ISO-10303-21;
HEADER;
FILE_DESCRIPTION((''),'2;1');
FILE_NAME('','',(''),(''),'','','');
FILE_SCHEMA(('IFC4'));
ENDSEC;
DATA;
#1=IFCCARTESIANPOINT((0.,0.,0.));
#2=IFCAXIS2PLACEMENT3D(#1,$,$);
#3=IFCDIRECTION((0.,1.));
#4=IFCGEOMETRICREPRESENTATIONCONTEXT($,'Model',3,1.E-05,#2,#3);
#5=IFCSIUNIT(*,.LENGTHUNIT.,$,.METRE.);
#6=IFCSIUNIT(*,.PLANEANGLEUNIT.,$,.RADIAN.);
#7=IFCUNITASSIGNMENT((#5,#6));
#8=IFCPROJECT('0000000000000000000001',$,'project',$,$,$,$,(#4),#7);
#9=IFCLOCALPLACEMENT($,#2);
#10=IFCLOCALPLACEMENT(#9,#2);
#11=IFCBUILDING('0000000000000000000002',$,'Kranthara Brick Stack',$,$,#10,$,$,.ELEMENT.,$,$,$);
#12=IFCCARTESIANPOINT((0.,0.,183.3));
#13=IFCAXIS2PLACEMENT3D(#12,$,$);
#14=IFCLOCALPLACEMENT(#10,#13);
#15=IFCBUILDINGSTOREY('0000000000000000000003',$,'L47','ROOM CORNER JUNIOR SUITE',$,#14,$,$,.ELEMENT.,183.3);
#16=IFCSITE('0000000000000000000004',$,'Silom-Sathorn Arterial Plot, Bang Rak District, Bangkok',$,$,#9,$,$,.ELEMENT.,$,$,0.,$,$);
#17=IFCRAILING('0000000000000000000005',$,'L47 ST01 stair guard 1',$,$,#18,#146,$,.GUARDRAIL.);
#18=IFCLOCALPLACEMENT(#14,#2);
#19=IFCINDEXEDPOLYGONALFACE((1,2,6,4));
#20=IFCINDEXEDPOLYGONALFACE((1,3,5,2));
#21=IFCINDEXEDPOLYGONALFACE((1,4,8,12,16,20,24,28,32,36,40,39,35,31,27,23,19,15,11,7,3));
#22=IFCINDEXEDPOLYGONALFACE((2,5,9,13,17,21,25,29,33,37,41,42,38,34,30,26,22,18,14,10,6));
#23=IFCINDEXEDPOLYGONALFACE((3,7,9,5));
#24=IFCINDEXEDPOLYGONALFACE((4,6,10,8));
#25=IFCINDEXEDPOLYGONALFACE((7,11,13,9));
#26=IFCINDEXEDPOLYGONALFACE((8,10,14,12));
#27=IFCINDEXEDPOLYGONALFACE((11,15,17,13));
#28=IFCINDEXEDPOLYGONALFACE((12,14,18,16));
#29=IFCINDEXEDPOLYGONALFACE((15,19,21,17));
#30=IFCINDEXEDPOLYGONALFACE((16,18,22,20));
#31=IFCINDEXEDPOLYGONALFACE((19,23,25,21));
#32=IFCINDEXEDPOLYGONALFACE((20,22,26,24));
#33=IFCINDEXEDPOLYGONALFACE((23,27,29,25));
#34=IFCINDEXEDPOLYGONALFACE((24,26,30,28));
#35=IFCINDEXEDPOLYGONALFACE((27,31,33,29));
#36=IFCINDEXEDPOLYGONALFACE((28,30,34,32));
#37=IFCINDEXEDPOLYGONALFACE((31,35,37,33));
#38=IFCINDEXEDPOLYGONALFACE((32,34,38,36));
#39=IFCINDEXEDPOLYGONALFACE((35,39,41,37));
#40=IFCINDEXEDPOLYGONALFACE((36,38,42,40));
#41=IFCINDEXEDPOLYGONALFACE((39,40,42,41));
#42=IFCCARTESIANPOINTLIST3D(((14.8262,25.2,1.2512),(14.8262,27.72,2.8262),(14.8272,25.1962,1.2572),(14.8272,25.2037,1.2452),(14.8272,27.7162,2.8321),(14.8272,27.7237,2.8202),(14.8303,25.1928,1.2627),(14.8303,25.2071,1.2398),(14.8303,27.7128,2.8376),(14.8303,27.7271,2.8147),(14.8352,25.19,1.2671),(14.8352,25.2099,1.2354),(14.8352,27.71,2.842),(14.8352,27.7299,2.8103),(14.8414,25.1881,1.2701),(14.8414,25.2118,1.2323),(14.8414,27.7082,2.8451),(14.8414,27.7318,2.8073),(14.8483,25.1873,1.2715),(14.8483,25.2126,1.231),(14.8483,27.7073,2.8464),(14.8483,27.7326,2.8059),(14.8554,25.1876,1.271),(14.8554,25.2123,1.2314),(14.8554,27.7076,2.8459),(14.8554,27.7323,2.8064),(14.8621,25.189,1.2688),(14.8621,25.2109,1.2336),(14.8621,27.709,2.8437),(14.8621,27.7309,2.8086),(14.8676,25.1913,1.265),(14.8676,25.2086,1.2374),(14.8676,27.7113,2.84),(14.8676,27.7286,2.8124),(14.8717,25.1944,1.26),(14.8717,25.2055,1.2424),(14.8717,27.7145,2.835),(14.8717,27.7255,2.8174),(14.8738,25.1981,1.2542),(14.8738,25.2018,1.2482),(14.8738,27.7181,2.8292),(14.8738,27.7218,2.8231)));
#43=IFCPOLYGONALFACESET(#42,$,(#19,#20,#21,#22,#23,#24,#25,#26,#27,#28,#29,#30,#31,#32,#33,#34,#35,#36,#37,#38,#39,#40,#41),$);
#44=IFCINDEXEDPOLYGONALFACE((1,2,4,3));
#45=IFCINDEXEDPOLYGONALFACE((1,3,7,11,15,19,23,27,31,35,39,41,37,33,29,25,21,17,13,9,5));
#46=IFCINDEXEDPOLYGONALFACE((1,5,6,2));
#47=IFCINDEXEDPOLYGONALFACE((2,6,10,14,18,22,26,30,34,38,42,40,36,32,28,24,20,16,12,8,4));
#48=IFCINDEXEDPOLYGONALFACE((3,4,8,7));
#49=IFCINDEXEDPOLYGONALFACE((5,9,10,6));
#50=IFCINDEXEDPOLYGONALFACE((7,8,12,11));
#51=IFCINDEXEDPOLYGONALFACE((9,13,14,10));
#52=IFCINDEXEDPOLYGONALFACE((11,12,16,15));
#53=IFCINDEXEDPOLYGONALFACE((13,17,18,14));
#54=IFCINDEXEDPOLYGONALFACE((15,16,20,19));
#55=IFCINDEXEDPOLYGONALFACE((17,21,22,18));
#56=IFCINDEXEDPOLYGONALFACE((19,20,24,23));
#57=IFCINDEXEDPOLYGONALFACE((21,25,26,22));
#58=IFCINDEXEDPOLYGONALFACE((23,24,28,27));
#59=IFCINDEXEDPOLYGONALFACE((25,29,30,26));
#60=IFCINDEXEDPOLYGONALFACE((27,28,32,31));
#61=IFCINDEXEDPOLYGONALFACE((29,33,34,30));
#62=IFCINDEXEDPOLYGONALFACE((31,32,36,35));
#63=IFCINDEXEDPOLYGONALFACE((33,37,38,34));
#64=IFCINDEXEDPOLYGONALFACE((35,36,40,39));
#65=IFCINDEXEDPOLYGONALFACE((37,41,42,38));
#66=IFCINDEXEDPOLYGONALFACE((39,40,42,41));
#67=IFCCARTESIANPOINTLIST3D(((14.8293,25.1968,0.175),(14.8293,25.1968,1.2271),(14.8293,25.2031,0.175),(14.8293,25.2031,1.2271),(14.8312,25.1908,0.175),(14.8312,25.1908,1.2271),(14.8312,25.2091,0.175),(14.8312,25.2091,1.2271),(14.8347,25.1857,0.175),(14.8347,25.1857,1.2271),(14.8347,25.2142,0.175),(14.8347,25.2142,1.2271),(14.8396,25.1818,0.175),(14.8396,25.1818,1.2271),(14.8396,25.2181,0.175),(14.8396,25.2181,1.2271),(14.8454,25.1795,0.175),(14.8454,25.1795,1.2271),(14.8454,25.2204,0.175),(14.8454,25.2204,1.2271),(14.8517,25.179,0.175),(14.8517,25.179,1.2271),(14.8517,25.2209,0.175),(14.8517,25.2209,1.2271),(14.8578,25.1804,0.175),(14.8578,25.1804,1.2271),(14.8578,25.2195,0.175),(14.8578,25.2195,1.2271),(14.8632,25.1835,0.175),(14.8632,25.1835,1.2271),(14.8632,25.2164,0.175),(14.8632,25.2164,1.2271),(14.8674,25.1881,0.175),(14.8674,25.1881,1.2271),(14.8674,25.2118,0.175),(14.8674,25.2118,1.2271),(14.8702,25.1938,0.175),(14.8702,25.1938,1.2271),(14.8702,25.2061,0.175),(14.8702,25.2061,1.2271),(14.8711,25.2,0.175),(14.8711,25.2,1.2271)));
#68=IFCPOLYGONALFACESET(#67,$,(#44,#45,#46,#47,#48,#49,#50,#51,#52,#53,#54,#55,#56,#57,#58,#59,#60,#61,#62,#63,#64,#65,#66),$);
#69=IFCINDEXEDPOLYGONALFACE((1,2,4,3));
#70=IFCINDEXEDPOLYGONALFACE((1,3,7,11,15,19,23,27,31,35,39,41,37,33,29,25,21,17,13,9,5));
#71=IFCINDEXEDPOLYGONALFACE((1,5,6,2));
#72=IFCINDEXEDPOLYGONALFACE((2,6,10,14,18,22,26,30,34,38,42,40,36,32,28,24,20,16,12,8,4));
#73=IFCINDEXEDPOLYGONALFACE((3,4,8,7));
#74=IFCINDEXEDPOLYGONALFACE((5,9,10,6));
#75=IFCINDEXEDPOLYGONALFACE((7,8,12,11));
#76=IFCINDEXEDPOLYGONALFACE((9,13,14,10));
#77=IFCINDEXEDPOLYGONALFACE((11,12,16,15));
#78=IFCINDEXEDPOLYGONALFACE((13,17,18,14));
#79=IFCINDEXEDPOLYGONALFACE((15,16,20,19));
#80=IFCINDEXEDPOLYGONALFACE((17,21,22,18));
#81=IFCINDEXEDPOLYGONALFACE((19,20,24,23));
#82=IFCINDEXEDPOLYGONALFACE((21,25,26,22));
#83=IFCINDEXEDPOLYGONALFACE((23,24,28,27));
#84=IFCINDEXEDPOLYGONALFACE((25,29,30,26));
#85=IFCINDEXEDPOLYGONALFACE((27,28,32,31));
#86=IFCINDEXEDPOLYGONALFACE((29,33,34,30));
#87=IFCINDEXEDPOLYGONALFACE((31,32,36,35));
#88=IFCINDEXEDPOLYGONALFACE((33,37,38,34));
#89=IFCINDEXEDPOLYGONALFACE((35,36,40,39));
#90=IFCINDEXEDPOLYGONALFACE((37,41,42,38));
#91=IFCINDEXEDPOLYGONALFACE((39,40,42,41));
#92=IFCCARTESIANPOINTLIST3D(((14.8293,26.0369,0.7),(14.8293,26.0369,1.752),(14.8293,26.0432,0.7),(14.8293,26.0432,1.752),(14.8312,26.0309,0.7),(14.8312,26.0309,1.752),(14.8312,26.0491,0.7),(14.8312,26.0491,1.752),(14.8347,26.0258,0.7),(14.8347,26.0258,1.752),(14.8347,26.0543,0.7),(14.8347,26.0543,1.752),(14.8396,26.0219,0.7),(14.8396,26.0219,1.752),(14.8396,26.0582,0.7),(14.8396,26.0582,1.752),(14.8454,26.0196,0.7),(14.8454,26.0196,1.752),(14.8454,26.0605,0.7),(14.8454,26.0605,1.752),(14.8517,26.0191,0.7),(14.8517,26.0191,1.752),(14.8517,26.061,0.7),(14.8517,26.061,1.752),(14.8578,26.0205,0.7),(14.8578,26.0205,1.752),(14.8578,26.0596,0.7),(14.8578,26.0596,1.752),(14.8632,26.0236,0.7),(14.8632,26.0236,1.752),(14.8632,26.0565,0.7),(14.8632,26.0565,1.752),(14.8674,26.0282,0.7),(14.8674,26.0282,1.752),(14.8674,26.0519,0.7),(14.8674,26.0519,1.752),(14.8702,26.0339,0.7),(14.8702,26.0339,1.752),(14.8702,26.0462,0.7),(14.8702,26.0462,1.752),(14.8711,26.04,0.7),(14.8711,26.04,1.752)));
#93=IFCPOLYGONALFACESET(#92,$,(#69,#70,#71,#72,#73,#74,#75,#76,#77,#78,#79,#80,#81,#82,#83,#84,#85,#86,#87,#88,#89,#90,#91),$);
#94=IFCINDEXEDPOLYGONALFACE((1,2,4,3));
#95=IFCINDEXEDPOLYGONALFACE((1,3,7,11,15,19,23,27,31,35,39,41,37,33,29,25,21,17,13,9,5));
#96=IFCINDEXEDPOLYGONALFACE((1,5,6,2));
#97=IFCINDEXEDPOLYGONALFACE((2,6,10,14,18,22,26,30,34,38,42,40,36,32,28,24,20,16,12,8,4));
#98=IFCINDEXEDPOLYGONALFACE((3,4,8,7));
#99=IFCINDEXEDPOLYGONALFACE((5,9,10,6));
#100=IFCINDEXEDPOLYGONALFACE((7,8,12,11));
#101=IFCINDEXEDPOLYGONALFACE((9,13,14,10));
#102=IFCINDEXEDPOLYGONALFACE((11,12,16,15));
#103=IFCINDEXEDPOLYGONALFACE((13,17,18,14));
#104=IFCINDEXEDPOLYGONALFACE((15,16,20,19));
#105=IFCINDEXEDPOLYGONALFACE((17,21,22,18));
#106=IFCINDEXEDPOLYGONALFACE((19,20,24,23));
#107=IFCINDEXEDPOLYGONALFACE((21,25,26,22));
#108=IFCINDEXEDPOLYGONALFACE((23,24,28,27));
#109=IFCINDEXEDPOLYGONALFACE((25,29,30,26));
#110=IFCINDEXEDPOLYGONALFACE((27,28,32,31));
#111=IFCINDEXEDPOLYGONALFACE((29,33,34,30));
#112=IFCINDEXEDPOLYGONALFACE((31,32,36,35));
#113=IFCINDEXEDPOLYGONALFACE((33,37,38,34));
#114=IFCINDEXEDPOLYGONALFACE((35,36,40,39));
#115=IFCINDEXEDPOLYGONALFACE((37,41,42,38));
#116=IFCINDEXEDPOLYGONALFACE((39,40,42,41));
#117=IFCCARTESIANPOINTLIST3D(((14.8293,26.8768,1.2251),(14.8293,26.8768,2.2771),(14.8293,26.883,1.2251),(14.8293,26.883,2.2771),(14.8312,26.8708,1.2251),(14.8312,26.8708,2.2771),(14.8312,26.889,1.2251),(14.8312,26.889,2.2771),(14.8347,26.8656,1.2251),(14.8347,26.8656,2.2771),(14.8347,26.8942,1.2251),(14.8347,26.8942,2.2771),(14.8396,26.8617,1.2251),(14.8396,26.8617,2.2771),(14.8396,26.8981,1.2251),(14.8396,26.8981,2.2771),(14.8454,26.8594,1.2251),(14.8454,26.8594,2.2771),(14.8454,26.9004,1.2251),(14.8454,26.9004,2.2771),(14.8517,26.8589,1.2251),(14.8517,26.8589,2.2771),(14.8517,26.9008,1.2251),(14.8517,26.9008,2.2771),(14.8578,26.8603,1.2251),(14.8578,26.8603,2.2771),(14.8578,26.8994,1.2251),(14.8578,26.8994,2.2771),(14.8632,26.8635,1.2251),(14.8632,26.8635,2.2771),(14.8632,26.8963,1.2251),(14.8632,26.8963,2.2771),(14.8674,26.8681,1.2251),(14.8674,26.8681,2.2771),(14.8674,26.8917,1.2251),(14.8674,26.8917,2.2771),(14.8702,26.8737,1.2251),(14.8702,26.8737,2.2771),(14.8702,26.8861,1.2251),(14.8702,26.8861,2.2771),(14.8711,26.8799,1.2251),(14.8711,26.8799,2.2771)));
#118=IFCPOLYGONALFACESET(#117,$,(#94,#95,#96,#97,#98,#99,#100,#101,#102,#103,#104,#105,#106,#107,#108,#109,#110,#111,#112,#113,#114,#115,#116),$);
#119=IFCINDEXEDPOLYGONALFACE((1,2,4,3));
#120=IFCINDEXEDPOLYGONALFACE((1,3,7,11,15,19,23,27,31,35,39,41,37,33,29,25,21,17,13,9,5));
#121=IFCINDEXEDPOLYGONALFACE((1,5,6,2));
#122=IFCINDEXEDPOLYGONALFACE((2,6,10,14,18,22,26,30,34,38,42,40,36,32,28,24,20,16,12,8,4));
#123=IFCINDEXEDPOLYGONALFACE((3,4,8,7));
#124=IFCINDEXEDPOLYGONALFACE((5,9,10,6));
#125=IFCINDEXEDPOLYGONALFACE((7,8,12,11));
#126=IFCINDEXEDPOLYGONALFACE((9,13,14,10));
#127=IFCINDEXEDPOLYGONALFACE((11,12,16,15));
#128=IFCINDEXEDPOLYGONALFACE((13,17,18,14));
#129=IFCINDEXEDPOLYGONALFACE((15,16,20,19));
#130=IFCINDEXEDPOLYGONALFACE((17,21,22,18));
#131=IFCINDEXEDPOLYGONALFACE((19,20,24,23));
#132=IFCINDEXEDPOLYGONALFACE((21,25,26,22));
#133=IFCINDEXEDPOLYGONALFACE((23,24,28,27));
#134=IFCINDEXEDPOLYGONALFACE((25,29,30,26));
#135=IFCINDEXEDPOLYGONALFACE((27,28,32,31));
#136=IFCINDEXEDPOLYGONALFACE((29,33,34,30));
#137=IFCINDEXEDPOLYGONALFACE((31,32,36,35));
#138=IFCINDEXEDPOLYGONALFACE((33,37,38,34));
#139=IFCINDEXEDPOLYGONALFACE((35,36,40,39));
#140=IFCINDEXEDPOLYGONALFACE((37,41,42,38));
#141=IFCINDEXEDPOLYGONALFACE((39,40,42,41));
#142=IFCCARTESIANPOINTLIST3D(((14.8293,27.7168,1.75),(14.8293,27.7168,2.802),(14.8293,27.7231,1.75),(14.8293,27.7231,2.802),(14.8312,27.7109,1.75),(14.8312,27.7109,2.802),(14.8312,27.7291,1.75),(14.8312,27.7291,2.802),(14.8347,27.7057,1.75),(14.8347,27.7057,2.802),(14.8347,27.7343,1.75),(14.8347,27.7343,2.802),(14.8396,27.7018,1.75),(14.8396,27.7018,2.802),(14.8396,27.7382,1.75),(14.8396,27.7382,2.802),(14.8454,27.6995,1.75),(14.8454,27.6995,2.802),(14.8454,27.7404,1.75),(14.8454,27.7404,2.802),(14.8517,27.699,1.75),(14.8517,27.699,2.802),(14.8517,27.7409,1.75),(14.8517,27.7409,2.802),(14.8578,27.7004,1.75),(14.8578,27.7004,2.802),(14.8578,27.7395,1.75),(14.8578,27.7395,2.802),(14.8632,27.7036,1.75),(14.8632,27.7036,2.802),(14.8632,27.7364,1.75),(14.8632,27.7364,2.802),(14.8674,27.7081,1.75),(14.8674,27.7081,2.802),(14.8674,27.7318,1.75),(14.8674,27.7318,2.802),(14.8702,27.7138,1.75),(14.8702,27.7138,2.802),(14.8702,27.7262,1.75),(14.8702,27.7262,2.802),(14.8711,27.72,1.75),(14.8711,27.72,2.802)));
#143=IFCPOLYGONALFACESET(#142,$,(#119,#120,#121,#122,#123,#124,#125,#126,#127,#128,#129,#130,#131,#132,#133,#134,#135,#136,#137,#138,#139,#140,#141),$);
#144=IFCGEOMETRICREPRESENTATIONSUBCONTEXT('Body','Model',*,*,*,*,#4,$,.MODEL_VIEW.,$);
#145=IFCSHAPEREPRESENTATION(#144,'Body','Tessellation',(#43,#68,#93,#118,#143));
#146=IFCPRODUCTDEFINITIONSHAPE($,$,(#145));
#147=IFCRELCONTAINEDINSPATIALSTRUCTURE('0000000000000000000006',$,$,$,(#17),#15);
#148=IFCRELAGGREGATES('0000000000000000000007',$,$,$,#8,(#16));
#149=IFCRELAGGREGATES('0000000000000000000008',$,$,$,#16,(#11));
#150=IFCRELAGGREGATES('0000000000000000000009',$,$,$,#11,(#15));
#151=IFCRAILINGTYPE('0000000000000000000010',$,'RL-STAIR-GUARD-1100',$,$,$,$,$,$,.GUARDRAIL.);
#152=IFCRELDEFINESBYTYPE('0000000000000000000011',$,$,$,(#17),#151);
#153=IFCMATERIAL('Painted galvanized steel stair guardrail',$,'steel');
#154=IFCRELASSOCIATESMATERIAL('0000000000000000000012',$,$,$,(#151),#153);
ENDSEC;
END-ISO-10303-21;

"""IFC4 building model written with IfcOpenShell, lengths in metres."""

from ifc_helpers import new_model, si_unit, direction, frame, origin, origin_2d, place, context, subcontext, project, spatial, circle, extrude, material, type_object, element, save


model = new_model("IFC4")

# Units and contexts
model_context = context("Model", 3, precision=1e-05, world=origin(), true_north=direction((0.0, 1.0)))
body_context = subcontext(model_context, "Body", "Model", "MODEL_VIEW")
ifc_project = project(units=[si_unit("LENGTHUNIT", "METRE"), si_unit("PLANEANGLEUNIT", "RADIAN")], contexts=[model_context])

# Site, building, storey
site_placement = place(None, origin())
site = spatial("IfcSite", under=ifc_project, at=site_placement, Name="Silom-Sathorn Arterial Plot, Bang Rak District, Bangkok", CompositionType="ELEMENT", RefElevation=0.0)
building_placement = place(site_placement, origin())
building = spatial("IfcBuilding", under=site, at=building_placement, Name="Kranthara Brick Stack", CompositionType="ELEMENT")
storey_placement = place(building_placement, frame((0.0, 0.0, 183.3)))
storey = spatial("IfcBuildingStorey", under=building, at=storey_placement, Name="L47", Description="ROOM CORNER JUNIOR SUITE", CompositionType="ELEMENT", Elevation=183.3)

# Railing
ifc_material_1 = material(Name="Painted galvanized steel stair guardrail", Category="steel")
railing_type_1 = type_object("IfcRailingType", Name="RL-STAIR-GUARD-1100", PredefinedType="GUARDRAIL", material=ifc_material_1)
railing_1_placement = place(storey_placement, frame((14.8501, 25.2, 0.175)))
element("IfcRailing", 1, at=railing_1_placement, inside=storey, type_object=railing_type_1, Name="L47 ST01 stair guard 1", PredefinedType="GUARDRAIL", context=body_context, shape_type="SweptSolid", body=[
    extrude(circle(Radius=0.0239, at=origin_2d()), frame((0.0, 0.0, 1.0762), z_axis=(0.0, 0.848008, 0.529984), x_axis=(-1.0, 0.0, 0.0)), (0.0, 0.0, 1.0), 2.9717),
    extrude(circle(Radius=0.021, at=origin_2d()), origin(), (0.0, 0.0, 1.0), 1.052),
    extrude(circle(Radius=0.021, at=origin_2d()), frame((0.0, 0.8401, 0.5249)), (0.0, 0.0, 1.0), 1.052),
    extrude(circle(Radius=0.021, at=origin_2d()), frame((0.0, 1.6799, 1.05)), (0.0, 0.0, 1.0), 1.052),
    extrude(circle(Radius=0.021, at=origin_2d()), frame((0.0, 2.52, 1.575)), (0.0, 0.0, 1.0), 1.052),
])

save(model, "model.ifc")
